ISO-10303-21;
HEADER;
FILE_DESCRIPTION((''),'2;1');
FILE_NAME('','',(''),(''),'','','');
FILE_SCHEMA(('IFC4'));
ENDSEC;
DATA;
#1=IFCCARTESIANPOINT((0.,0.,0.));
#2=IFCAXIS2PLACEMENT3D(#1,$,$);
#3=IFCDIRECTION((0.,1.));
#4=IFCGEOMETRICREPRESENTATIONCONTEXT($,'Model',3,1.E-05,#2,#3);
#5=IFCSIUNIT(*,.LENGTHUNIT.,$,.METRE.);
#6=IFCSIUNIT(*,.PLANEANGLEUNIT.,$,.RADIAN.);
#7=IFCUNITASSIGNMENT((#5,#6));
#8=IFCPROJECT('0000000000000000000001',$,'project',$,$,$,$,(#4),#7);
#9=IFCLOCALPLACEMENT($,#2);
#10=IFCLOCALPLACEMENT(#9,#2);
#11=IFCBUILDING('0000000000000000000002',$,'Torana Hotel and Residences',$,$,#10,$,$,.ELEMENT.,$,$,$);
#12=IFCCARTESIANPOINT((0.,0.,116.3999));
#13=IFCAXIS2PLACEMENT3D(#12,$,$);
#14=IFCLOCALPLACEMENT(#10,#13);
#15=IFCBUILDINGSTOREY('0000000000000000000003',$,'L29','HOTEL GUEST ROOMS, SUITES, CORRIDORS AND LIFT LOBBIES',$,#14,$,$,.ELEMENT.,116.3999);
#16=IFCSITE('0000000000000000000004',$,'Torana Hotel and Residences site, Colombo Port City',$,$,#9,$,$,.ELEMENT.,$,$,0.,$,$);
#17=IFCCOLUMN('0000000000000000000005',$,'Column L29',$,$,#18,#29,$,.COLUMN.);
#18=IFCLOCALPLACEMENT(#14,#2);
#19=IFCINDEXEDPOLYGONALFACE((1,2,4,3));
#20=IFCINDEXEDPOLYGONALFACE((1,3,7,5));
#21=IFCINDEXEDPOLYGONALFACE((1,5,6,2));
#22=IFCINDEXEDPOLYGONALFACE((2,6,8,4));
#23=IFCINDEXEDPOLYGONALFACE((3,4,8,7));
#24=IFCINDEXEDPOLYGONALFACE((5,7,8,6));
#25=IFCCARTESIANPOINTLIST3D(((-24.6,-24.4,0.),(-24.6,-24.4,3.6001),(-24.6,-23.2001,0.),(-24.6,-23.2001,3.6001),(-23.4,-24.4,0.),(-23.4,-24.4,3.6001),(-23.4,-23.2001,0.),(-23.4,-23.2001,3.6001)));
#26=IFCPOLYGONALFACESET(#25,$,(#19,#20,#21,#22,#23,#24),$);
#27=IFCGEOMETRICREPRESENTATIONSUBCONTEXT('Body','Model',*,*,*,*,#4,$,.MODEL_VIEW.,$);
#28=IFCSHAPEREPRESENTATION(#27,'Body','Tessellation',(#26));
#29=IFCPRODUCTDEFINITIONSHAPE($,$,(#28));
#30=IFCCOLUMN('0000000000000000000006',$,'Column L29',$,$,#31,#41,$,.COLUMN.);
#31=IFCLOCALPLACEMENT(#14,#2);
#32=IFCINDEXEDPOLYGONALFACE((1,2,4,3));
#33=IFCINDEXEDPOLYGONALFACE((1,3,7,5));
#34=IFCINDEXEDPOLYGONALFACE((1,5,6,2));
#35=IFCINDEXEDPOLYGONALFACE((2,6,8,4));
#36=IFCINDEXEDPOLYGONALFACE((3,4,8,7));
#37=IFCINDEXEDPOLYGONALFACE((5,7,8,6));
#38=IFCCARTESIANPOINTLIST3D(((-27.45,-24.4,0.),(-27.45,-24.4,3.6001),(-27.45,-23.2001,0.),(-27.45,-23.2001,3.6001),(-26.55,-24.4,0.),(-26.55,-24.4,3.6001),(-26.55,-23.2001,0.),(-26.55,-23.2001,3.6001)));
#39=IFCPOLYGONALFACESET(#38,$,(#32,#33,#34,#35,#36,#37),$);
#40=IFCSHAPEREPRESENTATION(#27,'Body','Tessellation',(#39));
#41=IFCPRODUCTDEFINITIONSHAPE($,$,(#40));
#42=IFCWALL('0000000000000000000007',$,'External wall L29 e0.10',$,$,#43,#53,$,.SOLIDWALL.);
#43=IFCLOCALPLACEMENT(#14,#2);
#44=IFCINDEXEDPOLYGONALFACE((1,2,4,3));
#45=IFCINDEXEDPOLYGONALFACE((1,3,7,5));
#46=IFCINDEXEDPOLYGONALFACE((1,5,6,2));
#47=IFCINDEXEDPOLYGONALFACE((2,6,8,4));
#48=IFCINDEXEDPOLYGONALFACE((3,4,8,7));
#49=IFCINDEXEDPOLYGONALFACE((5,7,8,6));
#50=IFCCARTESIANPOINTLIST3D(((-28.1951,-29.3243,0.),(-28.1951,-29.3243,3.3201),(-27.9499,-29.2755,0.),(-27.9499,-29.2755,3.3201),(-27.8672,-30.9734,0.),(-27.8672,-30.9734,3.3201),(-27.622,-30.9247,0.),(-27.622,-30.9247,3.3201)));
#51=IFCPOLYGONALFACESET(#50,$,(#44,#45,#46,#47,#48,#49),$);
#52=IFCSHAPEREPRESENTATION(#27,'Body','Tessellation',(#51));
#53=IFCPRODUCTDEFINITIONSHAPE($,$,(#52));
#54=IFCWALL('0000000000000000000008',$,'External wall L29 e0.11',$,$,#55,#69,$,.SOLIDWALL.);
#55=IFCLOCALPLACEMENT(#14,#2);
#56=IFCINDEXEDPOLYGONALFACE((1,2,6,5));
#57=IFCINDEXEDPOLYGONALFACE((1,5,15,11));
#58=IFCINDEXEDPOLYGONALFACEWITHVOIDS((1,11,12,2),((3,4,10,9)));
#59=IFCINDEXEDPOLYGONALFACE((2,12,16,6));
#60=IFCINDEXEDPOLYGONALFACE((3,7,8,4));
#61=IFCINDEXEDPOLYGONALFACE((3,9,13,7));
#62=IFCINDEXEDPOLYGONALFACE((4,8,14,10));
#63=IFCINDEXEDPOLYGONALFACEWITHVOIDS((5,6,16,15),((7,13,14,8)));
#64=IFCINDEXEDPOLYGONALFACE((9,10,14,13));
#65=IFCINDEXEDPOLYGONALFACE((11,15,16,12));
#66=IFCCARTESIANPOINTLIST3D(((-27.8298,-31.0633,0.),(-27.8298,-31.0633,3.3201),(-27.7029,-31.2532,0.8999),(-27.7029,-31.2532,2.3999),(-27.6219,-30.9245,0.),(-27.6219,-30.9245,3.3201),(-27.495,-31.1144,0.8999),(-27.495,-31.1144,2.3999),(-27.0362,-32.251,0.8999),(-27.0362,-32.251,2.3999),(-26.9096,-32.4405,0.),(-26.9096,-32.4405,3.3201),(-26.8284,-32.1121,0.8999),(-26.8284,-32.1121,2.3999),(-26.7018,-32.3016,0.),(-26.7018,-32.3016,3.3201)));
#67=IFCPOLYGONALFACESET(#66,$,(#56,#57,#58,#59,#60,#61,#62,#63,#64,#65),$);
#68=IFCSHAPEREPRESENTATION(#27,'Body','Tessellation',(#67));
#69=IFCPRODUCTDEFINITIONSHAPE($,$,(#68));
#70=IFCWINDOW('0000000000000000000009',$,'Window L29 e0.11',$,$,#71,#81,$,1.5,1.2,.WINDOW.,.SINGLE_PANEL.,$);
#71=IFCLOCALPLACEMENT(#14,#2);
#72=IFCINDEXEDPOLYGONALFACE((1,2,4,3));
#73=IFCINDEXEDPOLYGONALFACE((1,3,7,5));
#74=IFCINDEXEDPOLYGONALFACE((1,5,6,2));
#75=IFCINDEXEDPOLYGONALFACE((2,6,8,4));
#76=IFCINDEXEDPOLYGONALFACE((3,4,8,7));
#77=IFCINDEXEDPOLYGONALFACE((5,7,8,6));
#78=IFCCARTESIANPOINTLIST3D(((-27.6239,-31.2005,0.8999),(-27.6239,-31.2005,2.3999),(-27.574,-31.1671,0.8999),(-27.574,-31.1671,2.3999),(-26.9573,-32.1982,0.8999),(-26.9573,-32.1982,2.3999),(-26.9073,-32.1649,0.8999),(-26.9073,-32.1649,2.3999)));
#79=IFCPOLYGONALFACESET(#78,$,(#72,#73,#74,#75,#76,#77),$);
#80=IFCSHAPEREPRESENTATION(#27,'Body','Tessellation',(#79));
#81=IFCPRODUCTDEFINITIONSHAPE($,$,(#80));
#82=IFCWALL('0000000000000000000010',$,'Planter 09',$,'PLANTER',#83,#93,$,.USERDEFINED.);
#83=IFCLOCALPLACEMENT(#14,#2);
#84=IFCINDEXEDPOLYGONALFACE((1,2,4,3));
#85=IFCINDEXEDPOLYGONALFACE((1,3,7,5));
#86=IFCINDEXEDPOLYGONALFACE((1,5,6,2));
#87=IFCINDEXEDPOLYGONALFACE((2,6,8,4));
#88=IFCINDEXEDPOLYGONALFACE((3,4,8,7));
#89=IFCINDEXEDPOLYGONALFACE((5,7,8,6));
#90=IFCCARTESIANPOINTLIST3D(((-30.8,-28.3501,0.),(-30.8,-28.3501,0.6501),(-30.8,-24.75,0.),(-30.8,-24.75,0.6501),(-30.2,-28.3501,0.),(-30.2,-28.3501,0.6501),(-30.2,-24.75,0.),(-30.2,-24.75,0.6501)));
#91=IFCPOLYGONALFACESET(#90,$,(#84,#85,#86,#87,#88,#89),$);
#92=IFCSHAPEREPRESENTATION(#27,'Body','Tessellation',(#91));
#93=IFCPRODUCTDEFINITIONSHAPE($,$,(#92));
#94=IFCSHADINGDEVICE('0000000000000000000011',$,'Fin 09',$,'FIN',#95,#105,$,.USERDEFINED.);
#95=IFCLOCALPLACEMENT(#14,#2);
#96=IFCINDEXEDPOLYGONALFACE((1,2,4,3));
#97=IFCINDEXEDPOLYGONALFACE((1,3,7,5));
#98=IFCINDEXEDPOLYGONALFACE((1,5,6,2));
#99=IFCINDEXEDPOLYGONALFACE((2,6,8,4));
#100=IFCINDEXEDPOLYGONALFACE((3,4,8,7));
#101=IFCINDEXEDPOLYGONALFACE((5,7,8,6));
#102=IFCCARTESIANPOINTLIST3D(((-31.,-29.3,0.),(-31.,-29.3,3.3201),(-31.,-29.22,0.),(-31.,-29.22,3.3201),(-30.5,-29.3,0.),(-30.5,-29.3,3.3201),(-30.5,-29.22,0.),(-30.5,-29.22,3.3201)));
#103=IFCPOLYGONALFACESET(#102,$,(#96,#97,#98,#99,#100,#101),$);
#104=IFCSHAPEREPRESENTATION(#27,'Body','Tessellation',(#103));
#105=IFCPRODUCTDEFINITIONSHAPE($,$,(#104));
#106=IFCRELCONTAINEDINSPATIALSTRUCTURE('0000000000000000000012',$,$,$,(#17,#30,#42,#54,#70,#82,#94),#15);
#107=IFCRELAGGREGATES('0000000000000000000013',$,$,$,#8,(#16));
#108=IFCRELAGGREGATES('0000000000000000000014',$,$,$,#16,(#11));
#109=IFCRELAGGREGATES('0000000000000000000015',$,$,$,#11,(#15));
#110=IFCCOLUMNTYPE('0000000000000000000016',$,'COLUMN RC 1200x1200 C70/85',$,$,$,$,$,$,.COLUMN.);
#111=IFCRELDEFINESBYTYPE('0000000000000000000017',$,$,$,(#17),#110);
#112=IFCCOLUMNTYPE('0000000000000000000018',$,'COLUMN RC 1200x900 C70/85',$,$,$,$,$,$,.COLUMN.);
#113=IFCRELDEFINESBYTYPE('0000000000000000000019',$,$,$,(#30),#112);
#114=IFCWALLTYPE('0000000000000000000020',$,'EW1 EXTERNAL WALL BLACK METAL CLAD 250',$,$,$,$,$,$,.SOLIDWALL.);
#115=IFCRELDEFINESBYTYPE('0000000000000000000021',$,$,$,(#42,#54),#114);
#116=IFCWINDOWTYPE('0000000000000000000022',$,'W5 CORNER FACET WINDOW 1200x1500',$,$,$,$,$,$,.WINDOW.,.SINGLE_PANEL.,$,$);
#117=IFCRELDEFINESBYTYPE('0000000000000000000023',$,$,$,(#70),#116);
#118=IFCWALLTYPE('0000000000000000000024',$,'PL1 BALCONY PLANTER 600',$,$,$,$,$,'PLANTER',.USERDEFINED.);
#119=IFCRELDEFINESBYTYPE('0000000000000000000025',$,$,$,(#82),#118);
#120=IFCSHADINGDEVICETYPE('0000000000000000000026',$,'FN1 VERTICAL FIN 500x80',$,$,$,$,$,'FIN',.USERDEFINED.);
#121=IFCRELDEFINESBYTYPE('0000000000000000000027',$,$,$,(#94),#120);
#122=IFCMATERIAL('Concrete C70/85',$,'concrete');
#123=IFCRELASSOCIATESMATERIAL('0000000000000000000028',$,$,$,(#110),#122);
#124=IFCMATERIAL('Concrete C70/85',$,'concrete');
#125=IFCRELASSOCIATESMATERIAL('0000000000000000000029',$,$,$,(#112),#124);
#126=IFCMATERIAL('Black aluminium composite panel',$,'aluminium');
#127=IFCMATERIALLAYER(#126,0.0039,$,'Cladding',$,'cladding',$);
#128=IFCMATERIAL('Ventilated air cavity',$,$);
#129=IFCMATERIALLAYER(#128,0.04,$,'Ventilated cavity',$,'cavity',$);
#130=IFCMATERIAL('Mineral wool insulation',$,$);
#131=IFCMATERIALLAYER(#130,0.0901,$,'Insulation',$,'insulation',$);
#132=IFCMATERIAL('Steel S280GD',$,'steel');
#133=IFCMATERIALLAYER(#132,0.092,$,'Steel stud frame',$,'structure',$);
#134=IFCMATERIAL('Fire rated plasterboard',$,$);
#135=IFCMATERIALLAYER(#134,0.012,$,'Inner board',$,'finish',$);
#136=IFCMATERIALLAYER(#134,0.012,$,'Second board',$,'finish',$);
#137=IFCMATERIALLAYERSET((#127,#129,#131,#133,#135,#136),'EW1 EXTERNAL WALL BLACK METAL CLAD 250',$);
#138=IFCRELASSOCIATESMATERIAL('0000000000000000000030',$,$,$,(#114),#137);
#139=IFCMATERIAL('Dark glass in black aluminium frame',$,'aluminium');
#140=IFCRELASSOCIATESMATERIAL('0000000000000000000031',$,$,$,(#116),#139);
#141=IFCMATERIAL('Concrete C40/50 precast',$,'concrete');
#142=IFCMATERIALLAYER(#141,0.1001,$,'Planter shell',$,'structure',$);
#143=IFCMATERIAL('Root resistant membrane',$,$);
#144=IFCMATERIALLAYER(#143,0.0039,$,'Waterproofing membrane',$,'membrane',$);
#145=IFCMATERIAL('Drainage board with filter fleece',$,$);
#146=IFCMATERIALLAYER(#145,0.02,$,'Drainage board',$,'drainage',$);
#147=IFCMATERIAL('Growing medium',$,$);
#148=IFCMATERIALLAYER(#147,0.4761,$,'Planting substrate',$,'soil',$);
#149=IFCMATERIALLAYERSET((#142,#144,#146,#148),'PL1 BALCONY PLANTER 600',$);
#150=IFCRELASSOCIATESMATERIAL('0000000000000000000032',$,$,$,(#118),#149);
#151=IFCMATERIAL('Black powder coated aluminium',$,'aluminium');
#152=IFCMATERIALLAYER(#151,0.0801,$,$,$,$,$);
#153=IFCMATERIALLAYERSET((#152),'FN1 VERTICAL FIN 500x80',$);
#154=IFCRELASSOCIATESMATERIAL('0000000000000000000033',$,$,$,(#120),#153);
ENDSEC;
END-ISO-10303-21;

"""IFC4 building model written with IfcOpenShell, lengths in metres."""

from ifc_helpers import new_model, si_unit, direction, frame, frame_2d, origin, origin_2d, place, context, subcontext, project, spatial, rectangle, extrude, material, layer, layer_set, material_profile, profile_set, type_object, element, fill, save


model = new_model("IFC4")

# Units and contexts
model_context = context("Model", 3, precision=1e-05, world=origin(), true_north=direction((0.0, 1.0)))
body_context = subcontext(model_context, "Body", "Model", "MODEL_VIEW")
ifc_project = project(units=[si_unit("LENGTHUNIT", "METRE"), si_unit("PLANEANGLEUNIT", "RADIAN")], contexts=[model_context])

# Site, building, storey
site_placement = place(None, origin())
site = spatial("IfcSite", under=ifc_project, at=site_placement, Name="Torana Hotel and Residences site, Colombo Port City", CompositionType="ELEMENT", RefElevation=0.0)
building_placement = place(site_placement, origin())
building = spatial("IfcBuilding", under=site, at=building_placement, Name="Torana Hotel and Residences", CompositionType="ELEMENT")
storey_placement = place(building_placement, frame((0.0, 0.0, 116.3999)))
storey = spatial("IfcBuildingStorey", under=building, at=storey_placement, Name="L29", Description="HOTEL GUEST ROOMS, SUITES, CORRIDORS AND LIFT LOBBIES", CompositionType="ELEMENT", Elevation=116.3999)

# Columns
ifc_material_1 = material(Name="Concrete C70/85", Category="concrete")
ifc_material_profile_1 = material_profile(ifc_material_1, rectangle(XDim=1.2, YDim=1.2, at=origin_2d()), Name="RC 1200x1200")
ifc_profile_set_1 = profile_set([ifc_material_profile_1], Name="Concrete C70/85")
column_type_1 = type_object("IfcColumnType", Name="COLUMN RC 1200x1200 C70/85", PredefinedType="COLUMN", material=ifc_profile_set_1)
column_1_placement = place(storey_placement, frame((-24.0, -23.8, 0.0), z_axis=(0.0, 0.0, 1.0), x_axis=(1.0, 0.0, 0.0)))
element("IfcColumn", 1, at=column_1_placement, inside=storey, type_object=column_type_1, Name="Column L29", PredefinedType="COLUMN", context=body_context, shape_type="SweptSolid", body=[
    extrude(rectangle(XDim=1.2, YDim=1.2, at=origin_2d()), origin(), (0.0, 0.0, 1.0), 3.6001),
])
ifc_material_2 = material(Name="Concrete C70/85", Category="concrete")
ifc_material_profile_2 = material_profile(ifc_material_2, rectangle(XDim=1.2, YDim=0.8999, at=origin_2d()), Name="RC 1200x900")
ifc_profile_set_2 = profile_set([ifc_material_profile_2], Name="Concrete C70/85")
column_type_2 = type_object("IfcColumnType", Name="COLUMN RC 1200x900 C70/85", PredefinedType="COLUMN", material=ifc_profile_set_2)
column_2_placement = place(storey_placement, frame((-27.0, -23.8, 0.0), z_axis=(0.0, 0.0, 1.0), x_axis=(0.0, 1.0, 0.0)))
element("IfcColumn", 2, at=column_2_placement, inside=storey, type_object=column_type_2, Name="Column L29", PredefinedType="COLUMN", context=body_context, shape_type="SweptSolid", body=[
    extrude(rectangle(XDim=1.2, YDim=0.8999, at=origin_2d()), origin(), (0.0, 0.0, 1.0), 3.6001),
])

# Wall
ifc_material_3 = material(Name="Black aluminium composite panel", Category="aluminium")
ifc_layer_1 = layer(ifc_material_3, 0.0039, Name="Cladding", Category="cladding")
ifc_material_4 = material(Name="Ventilated air cavity")
ifc_layer_2 = layer(ifc_material_4, 0.04, Name="Ventilated cavity", Category="cavity")
ifc_material_5 = material(Name="Mineral wool insulation")
ifc_layer_3 = layer(ifc_material_5, 0.0901, Name="Insulation", Category="insulation")
ifc_material_6 = material(Name="Steel S280GD", Category="steel")
ifc_layer_4 = layer(ifc_material_6, 0.092, Name="Steel stud frame", Category="structure")
ifc_material_7 = material(Name="Fire rated plasterboard")
ifc_layer_5 = layer(ifc_material_7, 0.012, Name="Inner board", Category="finish")
ifc_layer_6 = layer(ifc_material_7, 0.012, Name="Second board", Category="finish")
ifc_layer_set_1 = layer_set([ifc_layer_1, ifc_layer_2, ifc_layer_3, ifc_layer_4, ifc_layer_5, ifc_layer_6], Name="EW1 EXTERNAL WALL BLACK METAL CLAD 250")
wall_type_1 = type_object("IfcWallType", Name="EW1 EXTERNAL WALL BLACK METAL CLAD 250", PredefinedType="SOLIDWALL", material=ifc_layer_set_1)
wall_1_placement = place(storey_placement, frame((-28.0725, -29.2998, 0.0), z_axis=(0.0, 0.0, 1.0), x_axis=(0.194999, -0.980803, 0.0)))
element("IfcWall", 3, at=wall_1_placement, inside=storey, type_object=wall_type_1, Name="External wall L29 e0.10", PredefinedType="SOLIDWALL", context=body_context, shape_type="SweptSolid", body=[
    extrude(rectangle(XDim=1.6814, YDim=0.25, at=frame_2d((0.8408, 0.0))), origin(), (0.0, 0.0, 1.0), 3.3201),
])

# Wall, opening, window
wall_2_placement = place(storey_placement, frame((-27.7258, -30.9939, 0.0), z_axis=(0.0, 0.0, 1.0), x_axis=(0.55555, -0.831483, 0.0)))
wall_2 = element("IfcWall", 4, at=wall_2_placement, inside=storey, type_object=wall_type_1, Name="External wall L29 e0.11", PredefinedType="SOLIDWALL", context=body_context, shape_type="SweptSolid", body=[
    extrude(rectangle(XDim=1.6562, YDim=0.25, at=frame_2d((0.8281, 0.0))), origin(), (0.0, 0.0, 1.0), 3.3201),
])
opening_placement = place(wall_2_placement, frame((0.2283, 0.0, 0.8999)))
opening = element("IfcOpeningElement", 5, at=opening_placement, cuts=wall_2, PredefinedType="OPENING", context=body_context, shape_type="SweptSolid", body=[
    extrude(rectangle(XDim=1.2, YDim=1.5, at=frame_2d((0.6001, 0.75))), frame((0.0, 0.135, 0.0), z_axis=(0.0, -1.0, 0.0), x_axis=(1.0, 0.0, 0.0)), (0.0, 0.0, 1.0), 0.27),
])
ifc_material_8 = material(Name="Dark glass in black aluminium frame", Category="aluminium")
window_type = type_object("IfcWindowType", Name="W5 CORNER FACET WINDOW 1200x1500", PartitioningType="SINGLE_PANEL", PredefinedType="WINDOW", material=ifc_material_8)
window_placement = place(opening_placement, origin())
window = element("IfcWindow", 6, at=window_placement, inside=storey, type_object=window_type, Name="Window L29 e0.11", OverallHeight=1.5, OverallWidth=1.2, PartitioningType="SINGLE_PANEL", PredefinedType="WINDOW", context=body_context, shape_type="SweptSolid", body=[
    extrude(rectangle(XDim=1.2, YDim=1.5, at=frame_2d((0.6001, 0.75))), frame((0.0, 0.03, 0.0), z_axis=(0.0, -1.0, 0.0), x_axis=(1.0, 0.0, 0.0)), (0.0, 0.0, 1.0), 0.0601),
])
fill(opening, window)

# Wall
ifc_material_9 = material(Name="Concrete C40/50 precast", Category="concrete")
ifc_layer_7 = layer(ifc_material_9, 0.1001, Name="Planter shell", Category="structure")
ifc_material_10 = material(Name="Root resistant membrane")
ifc_layer_8 = layer(ifc_material_10, 0.0039, Name="Waterproofing membrane", Category="membrane")
ifc_material_11 = material(Name="Drainage board with filter fleece")
ifc_layer_9 = layer(ifc_material_11, 0.02, Name="Drainage board", Category="drainage")
ifc_material_12 = material(Name="Growing medium")
ifc_layer_10 = layer(ifc_material_12, 0.4761, Name="Planting substrate", Category="soil")
ifc_layer_set_2 = layer_set([ifc_layer_7, ifc_layer_8, ifc_layer_9, ifc_layer_10], Name="PL1 BALCONY PLANTER 600")
wall_type_2 = type_object("IfcWallType", Name="PL1 BALCONY PLANTER 600", ElementType="PLANTER", PredefinedType="USERDEFINED", material=ifc_layer_set_2)
wall_3_placement = place(storey_placement, frame((-30.5, -28.3501, 0.0), z_axis=(0.0, 0.0, 1.0), x_axis=(0.0, 1.0, 0.0)))
element("IfcWall", 7, at=wall_3_placement, inside=storey, type_object=wall_type_2, Name="Planter 09", ObjectType="PLANTER", PredefinedType="USERDEFINED", context=body_context, shape_type="SweptSolid", body=[
    extrude(rectangle(XDim=3.6001, YDim=0.6001, at=frame_2d((1.8, 0.0))), origin(), (0.0, 0.0, 1.0), 0.6501),
])

# Shading device
ifc_material_13 = material(Name="Black powder coated aluminium", Category="aluminium")
ifc_layer_11 = layer(ifc_material_13, 0.0801)
ifc_layer_set_3 = layer_set([ifc_layer_11], Name="FN1 VERTICAL FIN 500x80")
shading_device_type = type_object("IfcShadingDeviceType", Name="FN1 VERTICAL FIN 500x80", ElementType="FIN", PredefinedType="USERDEFINED", material=ifc_layer_set_3)
shading_device_placement = place(storey_placement, frame((-30.75, -29.26, 0.0), z_axis=(0.0, 0.0, 1.0), x_axis=(0.0, 1.0, 0.0)))
element("IfcShadingDevice", 8, at=shading_device_placement, inside=storey, type_object=shading_device_type, Name="Fin 09", ObjectType="FIN", PredefinedType="USERDEFINED", context=body_context, shape_type="SweptSolid", body=[
    extrude(rectangle(XDim=0.0801, YDim=0.5, at=origin_2d()), origin(), (0.0, 0.0, 1.0), 3.3201),
])

save(model, "model.ifc")
